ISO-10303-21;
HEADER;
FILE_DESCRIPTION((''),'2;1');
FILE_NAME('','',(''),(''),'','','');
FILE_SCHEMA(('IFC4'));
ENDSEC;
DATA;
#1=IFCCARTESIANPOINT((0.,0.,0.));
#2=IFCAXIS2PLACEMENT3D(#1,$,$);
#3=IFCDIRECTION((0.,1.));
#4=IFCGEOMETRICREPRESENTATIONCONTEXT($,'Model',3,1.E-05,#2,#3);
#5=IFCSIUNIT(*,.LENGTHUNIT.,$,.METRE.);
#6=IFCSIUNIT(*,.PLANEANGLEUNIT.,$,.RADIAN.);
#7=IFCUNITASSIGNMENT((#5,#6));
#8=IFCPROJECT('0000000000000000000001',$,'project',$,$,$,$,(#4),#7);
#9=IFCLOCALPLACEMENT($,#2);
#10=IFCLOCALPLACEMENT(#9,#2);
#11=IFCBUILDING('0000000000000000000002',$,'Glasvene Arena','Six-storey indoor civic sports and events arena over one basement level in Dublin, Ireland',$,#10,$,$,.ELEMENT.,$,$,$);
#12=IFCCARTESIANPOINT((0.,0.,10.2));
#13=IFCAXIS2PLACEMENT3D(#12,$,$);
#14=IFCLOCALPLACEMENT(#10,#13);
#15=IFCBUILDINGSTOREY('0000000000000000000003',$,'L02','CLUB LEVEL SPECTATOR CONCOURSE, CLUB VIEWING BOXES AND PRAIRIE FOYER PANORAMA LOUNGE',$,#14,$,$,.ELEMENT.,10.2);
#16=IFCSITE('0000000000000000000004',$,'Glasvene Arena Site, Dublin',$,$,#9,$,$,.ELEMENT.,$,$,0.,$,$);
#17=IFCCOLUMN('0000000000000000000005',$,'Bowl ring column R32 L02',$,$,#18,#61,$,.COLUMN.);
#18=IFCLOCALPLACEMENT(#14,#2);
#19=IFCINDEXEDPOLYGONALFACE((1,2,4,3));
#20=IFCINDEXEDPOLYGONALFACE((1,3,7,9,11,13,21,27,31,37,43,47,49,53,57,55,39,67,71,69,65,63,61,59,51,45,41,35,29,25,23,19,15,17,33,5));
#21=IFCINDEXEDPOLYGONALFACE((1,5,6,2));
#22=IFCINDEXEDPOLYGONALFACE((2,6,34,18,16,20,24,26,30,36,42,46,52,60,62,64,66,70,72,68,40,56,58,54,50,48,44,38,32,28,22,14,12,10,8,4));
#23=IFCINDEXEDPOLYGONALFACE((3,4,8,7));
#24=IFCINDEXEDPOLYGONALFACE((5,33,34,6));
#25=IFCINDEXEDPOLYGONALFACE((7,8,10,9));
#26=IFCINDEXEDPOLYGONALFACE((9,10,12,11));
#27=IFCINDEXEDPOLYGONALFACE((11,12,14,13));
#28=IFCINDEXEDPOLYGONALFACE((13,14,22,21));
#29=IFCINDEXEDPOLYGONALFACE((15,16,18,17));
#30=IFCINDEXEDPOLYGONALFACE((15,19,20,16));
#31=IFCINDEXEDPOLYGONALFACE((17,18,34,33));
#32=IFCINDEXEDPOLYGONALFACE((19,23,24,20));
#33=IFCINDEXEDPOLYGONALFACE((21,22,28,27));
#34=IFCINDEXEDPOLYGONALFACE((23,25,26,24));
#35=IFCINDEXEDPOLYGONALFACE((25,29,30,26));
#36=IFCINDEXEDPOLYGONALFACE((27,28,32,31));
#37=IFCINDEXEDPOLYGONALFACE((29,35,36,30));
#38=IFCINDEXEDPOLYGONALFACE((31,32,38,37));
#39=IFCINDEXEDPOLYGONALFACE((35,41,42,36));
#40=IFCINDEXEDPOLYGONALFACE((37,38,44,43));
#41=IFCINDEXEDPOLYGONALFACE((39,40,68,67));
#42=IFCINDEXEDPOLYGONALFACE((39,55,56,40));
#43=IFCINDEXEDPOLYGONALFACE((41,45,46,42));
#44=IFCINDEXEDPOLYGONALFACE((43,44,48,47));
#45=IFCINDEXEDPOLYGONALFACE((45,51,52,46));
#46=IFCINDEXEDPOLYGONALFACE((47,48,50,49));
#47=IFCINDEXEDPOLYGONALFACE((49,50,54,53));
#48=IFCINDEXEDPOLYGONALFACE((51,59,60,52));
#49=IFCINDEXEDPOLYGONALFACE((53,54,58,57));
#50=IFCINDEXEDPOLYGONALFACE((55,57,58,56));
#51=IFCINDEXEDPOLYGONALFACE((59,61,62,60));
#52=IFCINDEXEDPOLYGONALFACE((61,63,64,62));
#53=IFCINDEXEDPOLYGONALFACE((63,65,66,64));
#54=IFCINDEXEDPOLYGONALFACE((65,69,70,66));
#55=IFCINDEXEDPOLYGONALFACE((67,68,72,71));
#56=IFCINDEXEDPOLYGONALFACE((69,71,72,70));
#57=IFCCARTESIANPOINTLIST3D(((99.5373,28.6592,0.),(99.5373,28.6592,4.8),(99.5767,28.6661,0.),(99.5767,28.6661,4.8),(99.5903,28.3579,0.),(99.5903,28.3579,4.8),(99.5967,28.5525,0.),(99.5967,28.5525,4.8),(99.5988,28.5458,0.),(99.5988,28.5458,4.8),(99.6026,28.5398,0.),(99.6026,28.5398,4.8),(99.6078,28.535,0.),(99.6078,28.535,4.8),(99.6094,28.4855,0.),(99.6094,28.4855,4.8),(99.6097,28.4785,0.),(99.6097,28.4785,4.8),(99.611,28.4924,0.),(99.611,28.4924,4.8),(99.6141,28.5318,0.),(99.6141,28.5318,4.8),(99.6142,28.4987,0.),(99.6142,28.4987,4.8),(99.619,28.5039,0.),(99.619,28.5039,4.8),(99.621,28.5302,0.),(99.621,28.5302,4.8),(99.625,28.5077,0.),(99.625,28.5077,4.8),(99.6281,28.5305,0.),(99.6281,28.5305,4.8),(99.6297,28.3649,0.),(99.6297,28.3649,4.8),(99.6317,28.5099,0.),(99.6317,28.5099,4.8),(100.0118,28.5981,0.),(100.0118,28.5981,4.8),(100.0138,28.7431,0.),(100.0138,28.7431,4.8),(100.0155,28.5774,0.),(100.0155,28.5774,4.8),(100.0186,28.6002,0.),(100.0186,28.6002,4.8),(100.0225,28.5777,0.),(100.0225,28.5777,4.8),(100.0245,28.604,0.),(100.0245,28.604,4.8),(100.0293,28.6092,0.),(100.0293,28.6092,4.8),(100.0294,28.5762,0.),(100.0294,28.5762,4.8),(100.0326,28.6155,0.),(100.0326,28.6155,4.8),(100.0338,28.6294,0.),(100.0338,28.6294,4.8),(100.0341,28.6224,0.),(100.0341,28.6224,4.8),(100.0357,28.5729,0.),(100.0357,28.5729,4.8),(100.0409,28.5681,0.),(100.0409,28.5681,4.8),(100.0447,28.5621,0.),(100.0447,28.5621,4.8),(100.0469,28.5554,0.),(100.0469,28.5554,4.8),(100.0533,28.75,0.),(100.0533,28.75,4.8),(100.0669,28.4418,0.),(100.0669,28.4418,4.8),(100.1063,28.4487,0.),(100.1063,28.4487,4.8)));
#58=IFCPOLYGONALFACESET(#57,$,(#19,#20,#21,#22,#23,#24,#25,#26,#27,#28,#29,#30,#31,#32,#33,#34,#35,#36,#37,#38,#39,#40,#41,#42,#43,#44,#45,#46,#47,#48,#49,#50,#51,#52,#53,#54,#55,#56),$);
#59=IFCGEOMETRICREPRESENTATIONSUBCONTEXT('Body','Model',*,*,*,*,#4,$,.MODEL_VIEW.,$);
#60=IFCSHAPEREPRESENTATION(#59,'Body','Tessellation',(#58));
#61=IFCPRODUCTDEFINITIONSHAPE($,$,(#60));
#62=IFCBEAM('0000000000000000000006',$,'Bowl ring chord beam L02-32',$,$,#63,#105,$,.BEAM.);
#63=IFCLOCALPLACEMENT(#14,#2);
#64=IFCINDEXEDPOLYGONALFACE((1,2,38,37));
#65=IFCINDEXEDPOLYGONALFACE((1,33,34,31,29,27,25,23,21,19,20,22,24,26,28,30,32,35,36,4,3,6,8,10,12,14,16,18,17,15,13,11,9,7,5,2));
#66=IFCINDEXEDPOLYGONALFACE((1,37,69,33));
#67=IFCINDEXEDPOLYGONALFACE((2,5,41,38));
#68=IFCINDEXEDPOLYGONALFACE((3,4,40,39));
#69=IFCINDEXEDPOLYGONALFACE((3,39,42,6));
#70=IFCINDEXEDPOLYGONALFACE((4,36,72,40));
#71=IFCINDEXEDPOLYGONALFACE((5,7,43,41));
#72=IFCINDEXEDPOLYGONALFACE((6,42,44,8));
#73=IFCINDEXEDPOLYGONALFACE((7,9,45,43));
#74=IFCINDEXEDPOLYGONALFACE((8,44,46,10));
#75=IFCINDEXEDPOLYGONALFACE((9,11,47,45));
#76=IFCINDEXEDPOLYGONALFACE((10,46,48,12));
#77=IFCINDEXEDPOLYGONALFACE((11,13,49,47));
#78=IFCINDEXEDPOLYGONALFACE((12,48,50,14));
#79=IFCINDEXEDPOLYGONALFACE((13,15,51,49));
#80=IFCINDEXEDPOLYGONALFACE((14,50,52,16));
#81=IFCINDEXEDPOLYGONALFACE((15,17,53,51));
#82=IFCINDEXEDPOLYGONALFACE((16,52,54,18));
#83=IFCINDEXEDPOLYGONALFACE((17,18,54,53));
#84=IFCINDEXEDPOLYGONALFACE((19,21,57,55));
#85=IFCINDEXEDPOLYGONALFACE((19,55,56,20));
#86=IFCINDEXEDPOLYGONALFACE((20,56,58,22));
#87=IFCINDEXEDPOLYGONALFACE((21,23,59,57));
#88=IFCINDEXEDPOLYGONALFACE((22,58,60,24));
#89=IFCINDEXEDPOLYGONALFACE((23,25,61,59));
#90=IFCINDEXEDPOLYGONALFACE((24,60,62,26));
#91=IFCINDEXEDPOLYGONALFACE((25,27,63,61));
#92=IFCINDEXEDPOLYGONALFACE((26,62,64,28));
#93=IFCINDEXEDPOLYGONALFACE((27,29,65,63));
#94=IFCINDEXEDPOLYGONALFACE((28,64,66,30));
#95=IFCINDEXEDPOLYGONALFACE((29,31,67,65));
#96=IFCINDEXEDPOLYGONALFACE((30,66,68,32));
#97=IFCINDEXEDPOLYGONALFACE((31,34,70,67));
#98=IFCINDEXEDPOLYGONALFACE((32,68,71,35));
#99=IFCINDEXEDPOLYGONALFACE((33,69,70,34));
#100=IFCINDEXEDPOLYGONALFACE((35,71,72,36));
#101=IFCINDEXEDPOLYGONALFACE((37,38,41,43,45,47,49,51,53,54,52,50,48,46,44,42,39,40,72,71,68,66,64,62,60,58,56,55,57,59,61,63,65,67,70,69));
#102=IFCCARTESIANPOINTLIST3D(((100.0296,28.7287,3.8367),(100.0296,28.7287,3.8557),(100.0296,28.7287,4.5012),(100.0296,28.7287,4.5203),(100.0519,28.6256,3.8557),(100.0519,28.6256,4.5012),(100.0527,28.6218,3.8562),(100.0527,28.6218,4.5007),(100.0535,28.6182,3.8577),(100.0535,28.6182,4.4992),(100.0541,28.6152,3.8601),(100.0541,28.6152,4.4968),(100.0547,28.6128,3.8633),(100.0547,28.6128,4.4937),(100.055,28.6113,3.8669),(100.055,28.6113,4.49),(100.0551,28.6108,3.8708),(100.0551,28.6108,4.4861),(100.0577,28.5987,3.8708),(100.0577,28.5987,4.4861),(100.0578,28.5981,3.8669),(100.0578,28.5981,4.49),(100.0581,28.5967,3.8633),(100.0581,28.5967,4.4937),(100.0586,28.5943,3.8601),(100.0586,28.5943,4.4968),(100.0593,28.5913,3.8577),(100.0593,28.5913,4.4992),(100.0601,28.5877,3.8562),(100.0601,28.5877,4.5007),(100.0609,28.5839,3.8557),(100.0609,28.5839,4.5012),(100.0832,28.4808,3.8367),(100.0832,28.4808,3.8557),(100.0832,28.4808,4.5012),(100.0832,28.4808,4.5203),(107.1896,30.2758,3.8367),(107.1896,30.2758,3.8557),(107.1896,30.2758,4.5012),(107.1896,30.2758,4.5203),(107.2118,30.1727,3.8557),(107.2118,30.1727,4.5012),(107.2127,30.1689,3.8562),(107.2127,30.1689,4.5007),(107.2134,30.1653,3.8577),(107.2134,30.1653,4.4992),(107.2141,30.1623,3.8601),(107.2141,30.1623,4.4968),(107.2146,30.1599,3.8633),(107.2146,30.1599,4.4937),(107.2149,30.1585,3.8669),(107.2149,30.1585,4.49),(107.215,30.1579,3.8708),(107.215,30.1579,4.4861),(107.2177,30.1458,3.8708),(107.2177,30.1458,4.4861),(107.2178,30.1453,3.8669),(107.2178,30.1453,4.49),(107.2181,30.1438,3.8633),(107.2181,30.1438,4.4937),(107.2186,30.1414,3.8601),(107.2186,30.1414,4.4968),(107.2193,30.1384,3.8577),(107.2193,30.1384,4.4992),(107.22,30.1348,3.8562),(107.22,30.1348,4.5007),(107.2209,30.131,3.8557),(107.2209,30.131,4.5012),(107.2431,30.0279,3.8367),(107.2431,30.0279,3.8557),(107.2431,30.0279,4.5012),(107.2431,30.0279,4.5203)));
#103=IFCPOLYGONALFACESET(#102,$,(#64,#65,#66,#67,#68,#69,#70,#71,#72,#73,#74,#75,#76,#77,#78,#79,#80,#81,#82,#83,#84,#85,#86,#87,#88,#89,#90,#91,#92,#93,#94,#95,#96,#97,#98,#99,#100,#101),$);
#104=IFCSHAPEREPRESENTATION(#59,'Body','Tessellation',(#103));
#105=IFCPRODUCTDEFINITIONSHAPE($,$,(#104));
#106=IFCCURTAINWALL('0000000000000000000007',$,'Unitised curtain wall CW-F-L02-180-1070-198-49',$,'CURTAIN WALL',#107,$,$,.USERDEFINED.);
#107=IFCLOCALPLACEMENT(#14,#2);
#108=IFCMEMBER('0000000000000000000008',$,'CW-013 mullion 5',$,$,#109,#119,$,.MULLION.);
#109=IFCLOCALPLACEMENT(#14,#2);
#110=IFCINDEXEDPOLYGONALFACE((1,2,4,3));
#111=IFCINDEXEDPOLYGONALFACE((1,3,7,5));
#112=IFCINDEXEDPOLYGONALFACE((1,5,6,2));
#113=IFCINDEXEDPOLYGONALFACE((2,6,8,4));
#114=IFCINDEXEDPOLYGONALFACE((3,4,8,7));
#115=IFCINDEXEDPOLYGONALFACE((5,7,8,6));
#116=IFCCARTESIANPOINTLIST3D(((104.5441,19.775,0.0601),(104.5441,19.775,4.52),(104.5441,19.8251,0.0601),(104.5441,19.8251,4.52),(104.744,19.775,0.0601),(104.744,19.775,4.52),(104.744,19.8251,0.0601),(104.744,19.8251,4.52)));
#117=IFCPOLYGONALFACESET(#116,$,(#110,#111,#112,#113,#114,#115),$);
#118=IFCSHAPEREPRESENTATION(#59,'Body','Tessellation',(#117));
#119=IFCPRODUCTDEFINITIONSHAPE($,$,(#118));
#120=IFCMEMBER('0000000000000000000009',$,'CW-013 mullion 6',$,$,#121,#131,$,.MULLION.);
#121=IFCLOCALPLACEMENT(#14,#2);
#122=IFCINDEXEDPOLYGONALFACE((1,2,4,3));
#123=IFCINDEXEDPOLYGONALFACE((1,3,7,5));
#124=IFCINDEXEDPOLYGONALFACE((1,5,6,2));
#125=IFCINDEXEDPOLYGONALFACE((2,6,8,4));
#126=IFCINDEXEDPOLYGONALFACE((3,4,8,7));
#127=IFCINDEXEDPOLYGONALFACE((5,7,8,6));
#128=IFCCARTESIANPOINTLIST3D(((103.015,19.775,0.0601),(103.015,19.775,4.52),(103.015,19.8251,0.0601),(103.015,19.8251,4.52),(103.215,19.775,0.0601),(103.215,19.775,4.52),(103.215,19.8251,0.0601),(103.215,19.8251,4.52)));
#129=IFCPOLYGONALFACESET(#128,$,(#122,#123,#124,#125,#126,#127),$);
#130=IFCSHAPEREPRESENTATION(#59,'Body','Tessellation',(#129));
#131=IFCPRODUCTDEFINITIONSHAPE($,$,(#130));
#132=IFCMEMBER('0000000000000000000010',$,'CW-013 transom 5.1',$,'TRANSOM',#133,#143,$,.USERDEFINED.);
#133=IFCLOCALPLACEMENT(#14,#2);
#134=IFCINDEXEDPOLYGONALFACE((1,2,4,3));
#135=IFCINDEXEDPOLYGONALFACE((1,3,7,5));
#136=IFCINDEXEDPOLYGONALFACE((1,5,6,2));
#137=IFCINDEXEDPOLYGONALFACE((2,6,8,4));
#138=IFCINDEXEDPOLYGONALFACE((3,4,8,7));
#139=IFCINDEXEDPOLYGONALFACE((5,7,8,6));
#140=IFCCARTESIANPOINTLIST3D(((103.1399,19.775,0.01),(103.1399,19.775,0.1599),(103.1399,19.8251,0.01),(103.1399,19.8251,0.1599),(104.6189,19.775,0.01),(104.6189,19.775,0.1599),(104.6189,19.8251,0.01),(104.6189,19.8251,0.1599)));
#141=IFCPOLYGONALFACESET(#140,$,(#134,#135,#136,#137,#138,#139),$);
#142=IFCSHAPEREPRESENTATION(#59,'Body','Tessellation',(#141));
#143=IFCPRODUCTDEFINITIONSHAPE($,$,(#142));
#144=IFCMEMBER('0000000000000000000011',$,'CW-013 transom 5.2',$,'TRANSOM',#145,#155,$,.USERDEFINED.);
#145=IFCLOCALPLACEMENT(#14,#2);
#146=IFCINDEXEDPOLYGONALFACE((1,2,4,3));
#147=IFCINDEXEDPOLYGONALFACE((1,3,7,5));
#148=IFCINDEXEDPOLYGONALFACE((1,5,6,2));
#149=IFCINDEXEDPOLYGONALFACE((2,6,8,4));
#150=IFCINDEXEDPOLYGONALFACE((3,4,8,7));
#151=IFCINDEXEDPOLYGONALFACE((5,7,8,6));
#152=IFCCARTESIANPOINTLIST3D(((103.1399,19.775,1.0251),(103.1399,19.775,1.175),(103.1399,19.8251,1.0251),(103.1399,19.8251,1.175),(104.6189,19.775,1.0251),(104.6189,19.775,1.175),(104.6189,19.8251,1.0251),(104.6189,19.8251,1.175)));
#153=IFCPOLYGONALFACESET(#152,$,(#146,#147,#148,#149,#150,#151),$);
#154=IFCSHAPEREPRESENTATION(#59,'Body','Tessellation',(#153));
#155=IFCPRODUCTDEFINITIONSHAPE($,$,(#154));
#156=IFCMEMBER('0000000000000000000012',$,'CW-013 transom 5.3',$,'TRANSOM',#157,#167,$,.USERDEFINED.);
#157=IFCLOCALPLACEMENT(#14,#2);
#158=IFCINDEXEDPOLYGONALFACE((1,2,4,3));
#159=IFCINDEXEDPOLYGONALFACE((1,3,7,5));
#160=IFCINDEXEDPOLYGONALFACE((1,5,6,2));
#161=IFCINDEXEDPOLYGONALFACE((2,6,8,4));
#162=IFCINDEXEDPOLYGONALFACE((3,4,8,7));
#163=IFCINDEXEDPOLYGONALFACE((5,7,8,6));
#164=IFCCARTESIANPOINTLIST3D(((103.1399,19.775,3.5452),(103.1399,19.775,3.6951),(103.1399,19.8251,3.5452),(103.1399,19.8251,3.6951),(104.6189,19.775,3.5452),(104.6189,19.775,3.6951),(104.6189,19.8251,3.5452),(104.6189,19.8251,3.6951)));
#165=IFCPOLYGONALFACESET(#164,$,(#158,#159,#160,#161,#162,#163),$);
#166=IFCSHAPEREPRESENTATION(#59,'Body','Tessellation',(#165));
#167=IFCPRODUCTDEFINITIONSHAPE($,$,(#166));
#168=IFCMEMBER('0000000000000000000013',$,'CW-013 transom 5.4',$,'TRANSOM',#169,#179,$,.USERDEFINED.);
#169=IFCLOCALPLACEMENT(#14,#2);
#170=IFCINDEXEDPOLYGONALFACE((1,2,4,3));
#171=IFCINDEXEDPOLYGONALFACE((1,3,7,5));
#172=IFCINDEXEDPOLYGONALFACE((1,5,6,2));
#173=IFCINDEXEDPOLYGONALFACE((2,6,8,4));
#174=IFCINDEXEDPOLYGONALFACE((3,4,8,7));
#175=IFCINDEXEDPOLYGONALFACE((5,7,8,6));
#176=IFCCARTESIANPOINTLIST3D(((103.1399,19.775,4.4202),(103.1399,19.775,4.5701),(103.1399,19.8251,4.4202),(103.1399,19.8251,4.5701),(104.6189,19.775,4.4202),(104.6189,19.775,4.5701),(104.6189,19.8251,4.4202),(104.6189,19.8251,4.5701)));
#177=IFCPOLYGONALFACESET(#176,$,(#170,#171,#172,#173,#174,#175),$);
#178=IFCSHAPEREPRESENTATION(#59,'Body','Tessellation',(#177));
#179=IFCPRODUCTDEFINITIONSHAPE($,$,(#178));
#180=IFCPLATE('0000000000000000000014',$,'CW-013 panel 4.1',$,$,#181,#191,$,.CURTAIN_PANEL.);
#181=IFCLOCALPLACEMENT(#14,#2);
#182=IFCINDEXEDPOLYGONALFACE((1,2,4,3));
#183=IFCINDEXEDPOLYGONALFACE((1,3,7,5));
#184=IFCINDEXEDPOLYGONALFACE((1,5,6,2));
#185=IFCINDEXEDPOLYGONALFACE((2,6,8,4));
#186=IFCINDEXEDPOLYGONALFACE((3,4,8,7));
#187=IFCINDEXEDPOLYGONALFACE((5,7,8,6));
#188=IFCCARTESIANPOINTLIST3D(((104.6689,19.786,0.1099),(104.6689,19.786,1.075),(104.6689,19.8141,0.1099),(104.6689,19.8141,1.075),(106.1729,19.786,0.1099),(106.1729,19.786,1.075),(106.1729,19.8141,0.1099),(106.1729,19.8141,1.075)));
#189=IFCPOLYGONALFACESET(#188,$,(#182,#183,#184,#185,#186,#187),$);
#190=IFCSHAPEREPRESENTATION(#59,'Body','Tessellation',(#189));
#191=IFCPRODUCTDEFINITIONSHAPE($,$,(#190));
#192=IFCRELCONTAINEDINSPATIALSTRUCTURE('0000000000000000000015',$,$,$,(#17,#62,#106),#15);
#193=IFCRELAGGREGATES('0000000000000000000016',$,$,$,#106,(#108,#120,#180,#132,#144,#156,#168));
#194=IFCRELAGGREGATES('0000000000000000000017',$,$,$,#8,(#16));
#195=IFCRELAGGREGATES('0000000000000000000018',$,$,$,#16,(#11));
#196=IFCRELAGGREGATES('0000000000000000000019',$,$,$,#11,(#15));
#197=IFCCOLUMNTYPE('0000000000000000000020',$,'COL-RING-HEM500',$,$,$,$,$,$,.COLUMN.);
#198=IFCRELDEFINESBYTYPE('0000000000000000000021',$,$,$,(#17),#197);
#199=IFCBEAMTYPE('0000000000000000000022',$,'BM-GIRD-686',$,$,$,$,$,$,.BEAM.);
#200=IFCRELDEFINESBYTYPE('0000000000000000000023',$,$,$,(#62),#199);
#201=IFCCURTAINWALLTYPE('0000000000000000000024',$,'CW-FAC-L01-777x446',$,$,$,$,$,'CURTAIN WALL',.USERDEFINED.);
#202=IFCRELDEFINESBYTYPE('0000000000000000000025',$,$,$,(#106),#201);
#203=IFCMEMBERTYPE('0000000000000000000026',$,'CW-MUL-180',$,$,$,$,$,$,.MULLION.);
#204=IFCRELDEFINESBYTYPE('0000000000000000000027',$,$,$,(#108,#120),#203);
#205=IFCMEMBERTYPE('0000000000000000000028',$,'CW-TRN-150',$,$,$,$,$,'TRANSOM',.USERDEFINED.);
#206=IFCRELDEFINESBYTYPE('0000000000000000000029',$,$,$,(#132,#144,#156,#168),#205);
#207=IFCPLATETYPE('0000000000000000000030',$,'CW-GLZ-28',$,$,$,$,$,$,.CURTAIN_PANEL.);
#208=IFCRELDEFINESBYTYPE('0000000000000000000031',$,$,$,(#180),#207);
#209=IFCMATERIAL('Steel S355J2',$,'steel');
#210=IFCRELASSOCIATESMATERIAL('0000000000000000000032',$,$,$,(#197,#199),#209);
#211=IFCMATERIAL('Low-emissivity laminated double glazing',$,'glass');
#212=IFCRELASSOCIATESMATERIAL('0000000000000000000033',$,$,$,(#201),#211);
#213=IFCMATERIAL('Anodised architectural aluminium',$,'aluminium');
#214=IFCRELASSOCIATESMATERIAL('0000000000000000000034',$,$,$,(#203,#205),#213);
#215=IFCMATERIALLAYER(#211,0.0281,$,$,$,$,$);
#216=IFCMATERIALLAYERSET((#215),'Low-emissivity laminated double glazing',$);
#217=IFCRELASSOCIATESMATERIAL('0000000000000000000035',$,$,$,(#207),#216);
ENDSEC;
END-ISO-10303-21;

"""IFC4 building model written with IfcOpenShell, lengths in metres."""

from ifc_helpers import new_model, si_unit, direction, frame, origin, origin_2d, place, context, subcontext, project, spatial, rectangle, i_section, extrude, material, layer, layer_set, material_profile, profile_set, type_object, element, aggregate, save


model = new_model("IFC4")

# Units and contexts
model_context = context("Model", 3, precision=1e-05, world=origin(), true_north=direction((0.0, 1.0)))
body_context = subcontext(model_context, "Body", "Model", "MODEL_VIEW")
ifc_project = project(units=[si_unit("LENGTHUNIT", "METRE"), si_unit("PLANEANGLEUNIT", "RADIAN")], contexts=[model_context])

# Site, building, storey
site_placement = place(None, origin())
site = spatial("IfcSite", under=ifc_project, at=site_placement, Name="Glasvene Arena Site, Dublin", CompositionType="ELEMENT", RefElevation=0.0)
building_placement = place(site_placement, origin())
building = spatial("IfcBuilding", under=site, at=building_placement, Name="Glasvene Arena", Description="Six-storey indoor civic sports and events arena over one basement level in Dublin, Ireland", CompositionType="ELEMENT")
storey_placement = place(building_placement, frame((0.0, 0.0, 10.2)))
storey = spatial("IfcBuildingStorey", under=building, at=storey_placement, Name="L02", Description="CLUB LEVEL SPECTATOR CONCOURSE, CLUB VIEWING BOXES AND PRAIRIE FOYER PANORAMA LOUNGE", CompositionType="ELEMENT", Elevation=10.2)

# Column
ifc_material_1 = material(Name="Steel S355J2", Category="steel")
ifc_material_profile_1 = material_profile(ifc_material_1, i_section(OverallWidth=0.3059, OverallDepth=0.5239, WebThickness=0.021, FlangeThickness=0.04, FilletRadius=0.0271, at=origin_2d()), Name="HEM 500")
ifc_profile_set_1 = profile_set([ifc_material_profile_1], Name="Steel S355J2")
column_type = type_object("IfcColumnType", Name="COL-RING-HEM500", PredefinedType="COLUMN", material=ifc_profile_set_1)
column_placement = place(storey_placement, frame((99.8218, 28.554, 0.0), z_axis=(0.0, 0.0, 1.0), x_axis=(0.173304, -0.984868, 0.0)))
element("IfcColumn", 1, at=column_placement, inside=storey, type_object=column_type, Name="Bowl ring column R32 L02", PredefinedType="COLUMN", context=body_context, shape_type="SweptSolid", body=[
    extrude(i_section(OverallWidth=0.3059, OverallDepth=0.5239, WebThickness=0.021, FlangeThickness=0.04, FilletRadius=0.0271, at=origin_2d()), origin(), (0.0, 0.0, 1.0), 4.8),
])

# Beam
ifc_material_profile_2 = material_profile(ifc_material_1, i_section(OverallWidth=0.2537, OverallDepth=0.6836, WebThickness=0.0125, FlangeThickness=0.019, FilletRadius=0.0151, at=origin_2d()), Name="UKB 686x254x140")
ifc_profile_set_2 = profile_set([ifc_material_profile_2], Name="Steel S355J2")
beam_type = type_object("IfcBeamType", Name="BM-GIRD-686", PredefinedType="BEAM", material=ifc_profile_set_2)
beam_placement = place(storey_placement, frame((100.0564, 28.6047, 4.1785), z_axis=(0.977442, 0.211206, 0.0), x_axis=(-0.211206, 0.977442, 0.0)))
element("IfcBeam", 2, at=beam_placement, inside=storey, type_object=beam_type, Name="Bowl ring chord beam L02-32", PredefinedType="BEAM", context=body_context, shape_type="SweptSolid", body=[
    extrude(i_section(OverallWidth=0.2537, OverallDepth=0.6836, WebThickness=0.0125, FlangeThickness=0.019, FilletRadius=0.0151, at=origin_2d()), origin(), (0.0, 0.0, 1.0), 7.3252),
])

# Curtain wall, members, plate
ifc_material_2 = material(Name="Low-emissivity laminated double glazing", Category="glass")
curtain_wall_type = type_object("IfcCurtainWallType", Name="CW-FAC-L01-777x446", ElementType="CURTAIN WALL", PredefinedType="USERDEFINED", material=ifc_material_2)
curtain_wall_placement = place(storey_placement, frame((110.8601, 19.8, 0.0)))
curtain_wall = element("IfcCurtainWall", 3, at=curtain_wall_placement, inside=storey, type_object=curtain_wall_type, Name="Unitised curtain wall CW-F-L02-180-1070-198-49", ObjectType="CURTAIN WALL", PredefinedType="USERDEFINED")
ifc_material_3 = material(Name="Anodised architectural aluminium", Category="aluminium")
ifc_material_profile_3 = material_profile(ifc_material_3, rectangle(XDim=0.05, YDim=0.2, at=origin_2d()), Name="ALU MULLION 50x200")
ifc_profile_set_3 = profile_set([ifc_material_profile_3], Name="Anodised architectural aluminium")
member_type_1 = type_object("IfcMemberType", Name="CW-MUL-180", PredefinedType="MULLION", material=ifc_profile_set_3)
member_1_placement = place(storey_placement, frame((104.644, 19.8, 0.0601), z_axis=(0.0, 0.0, 1.0), x_axis=(0.0, -1.0, 0.0)))
member_1 = element("IfcMember", 4, at=member_1_placement, type_object=member_type_1, Name="CW-013 mullion 5", PredefinedType="MULLION", context=body_context, shape_type="SweptSolid", body=[
    extrude(rectangle(XDim=0.05, YDim=0.2, at=origin_2d()), origin(), (0.0, 0.0, 1.0), 4.46),
])
member_2_placement = place(storey_placement, frame((103.115, 19.8, 0.0601), z_axis=(0.0, 0.0, 1.0), x_axis=(0.0, -1.0, 0.0)))
member_2 = element("IfcMember", 5, at=member_2_placement, type_object=member_type_1, Name="CW-013 mullion 6", PredefinedType="MULLION", context=body_context, shape_type="SweptSolid", body=[
    extrude(rectangle(XDim=0.05, YDim=0.2, at=origin_2d()), origin(), (0.0, 0.0, 1.0), 4.46),
])
ifc_material_profile_4 = material_profile(ifc_material_3, rectangle(XDim=0.05, YDim=0.1499, at=origin_2d()), Name="ALU TRANSOM 50x150")
ifc_profile_set_4 = profile_set([ifc_material_profile_4], Name="Anodised architectural aluminium")
member_type_2 = type_object("IfcMemberType", Name="CW-TRN-150", ElementType="TRANSOM", PredefinedType="USERDEFINED", material=ifc_profile_set_4)
member_3_placement = place(storey_placement, frame((104.6189, 19.8, 0.085), z_axis=(-1.0, 0.0, 0.0), x_axis=(0.0, -1.0, 0.0)))
member_3 = element("IfcMember", 6, at=member_3_placement, type_object=member_type_2, Name="CW-013 transom 5.1", ObjectType="TRANSOM", PredefinedType="USERDEFINED", context=body_context, shape_type="SweptSolid", body=[
    extrude(rectangle(XDim=0.05, YDim=0.1499, at=origin_2d()), origin(), (0.0, 0.0, 1.0), 1.479),
])
member_4_placement = place(storey_placement, frame((104.6189, 19.8, 1.1001), z_axis=(-1.0, 0.0, 0.0), x_axis=(0.0, -1.0, 0.0)))
member_4 = element("IfcMember", 7, at=member_4_placement, type_object=member_type_2, Name="CW-013 transom 5.2", ObjectType="TRANSOM", PredefinedType="USERDEFINED", context=body_context, shape_type="SweptSolid", body=[
    extrude(rectangle(XDim=0.05, YDim=0.1499, at=origin_2d()), origin(), (0.0, 0.0, 1.0), 1.479),
])
member_5_placement = place(storey_placement, frame((104.6189, 19.8, 3.6201), z_axis=(-1.0, 0.0, 0.0), x_axis=(0.0, -1.0, 0.0)))
member_5 = element("IfcMember", 8, at=member_5_placement, type_object=member_type_2, Name="CW-013 transom 5.3", ObjectType="TRANSOM", PredefinedType="USERDEFINED", context=body_context, shape_type="SweptSolid", body=[
    extrude(rectangle(XDim=0.05, YDim=0.1499, at=origin_2d()), origin(), (0.0, 0.0, 1.0), 1.479),
])
member_6_placement = place(storey_placement, frame((104.6189, 19.8, 4.4951), z_axis=(-1.0, 0.0, 0.0), x_axis=(0.0, -1.0, 0.0)))
member_6 = element("IfcMember", 9, at=member_6_placement, type_object=member_type_2, Name="CW-013 transom 5.4", ObjectType="TRANSOM", PredefinedType="USERDEFINED", context=body_context, shape_type="SweptSolid", body=[
    extrude(rectangle(XDim=0.05, YDim=0.1499, at=origin_2d()), origin(), (0.0, 0.0, 1.0), 1.479),
])
ifc_layer_1 = layer(ifc_material_2, 0.0281)
ifc_layer_set_1 = layer_set([ifc_layer_1], Name="Low-emissivity laminated double glazing")
plate_type = type_object("IfcPlateType", Name="CW-GLZ-28", PredefinedType="CURTAIN_PANEL", material=ifc_layer_set_1)
plate_1_placement = place(storey_placement, frame((105.4209, 19.8, 0.1099), z_axis=(0.0, 0.0, 1.0), x_axis=(-1.0, 0.0, 0.0)))
plate_1 = element("IfcPlate", 10, at=plate_1_placement, type_object=plate_type, Name="CW-013 panel 4.1", PredefinedType="CURTAIN_PANEL", context=body_context, shape_type="SweptSolid", body=[
    extrude(rectangle(XDim=1.5039, YDim=0.0281, at=origin_2d()), origin(), (0.0, 0.0, 1.0), 0.9651),
])
aggregate(curtain_wall, [member_1, member_2, plate_1, member_3, member_4, member_5, member_6])

save(model, "model.ifc")
